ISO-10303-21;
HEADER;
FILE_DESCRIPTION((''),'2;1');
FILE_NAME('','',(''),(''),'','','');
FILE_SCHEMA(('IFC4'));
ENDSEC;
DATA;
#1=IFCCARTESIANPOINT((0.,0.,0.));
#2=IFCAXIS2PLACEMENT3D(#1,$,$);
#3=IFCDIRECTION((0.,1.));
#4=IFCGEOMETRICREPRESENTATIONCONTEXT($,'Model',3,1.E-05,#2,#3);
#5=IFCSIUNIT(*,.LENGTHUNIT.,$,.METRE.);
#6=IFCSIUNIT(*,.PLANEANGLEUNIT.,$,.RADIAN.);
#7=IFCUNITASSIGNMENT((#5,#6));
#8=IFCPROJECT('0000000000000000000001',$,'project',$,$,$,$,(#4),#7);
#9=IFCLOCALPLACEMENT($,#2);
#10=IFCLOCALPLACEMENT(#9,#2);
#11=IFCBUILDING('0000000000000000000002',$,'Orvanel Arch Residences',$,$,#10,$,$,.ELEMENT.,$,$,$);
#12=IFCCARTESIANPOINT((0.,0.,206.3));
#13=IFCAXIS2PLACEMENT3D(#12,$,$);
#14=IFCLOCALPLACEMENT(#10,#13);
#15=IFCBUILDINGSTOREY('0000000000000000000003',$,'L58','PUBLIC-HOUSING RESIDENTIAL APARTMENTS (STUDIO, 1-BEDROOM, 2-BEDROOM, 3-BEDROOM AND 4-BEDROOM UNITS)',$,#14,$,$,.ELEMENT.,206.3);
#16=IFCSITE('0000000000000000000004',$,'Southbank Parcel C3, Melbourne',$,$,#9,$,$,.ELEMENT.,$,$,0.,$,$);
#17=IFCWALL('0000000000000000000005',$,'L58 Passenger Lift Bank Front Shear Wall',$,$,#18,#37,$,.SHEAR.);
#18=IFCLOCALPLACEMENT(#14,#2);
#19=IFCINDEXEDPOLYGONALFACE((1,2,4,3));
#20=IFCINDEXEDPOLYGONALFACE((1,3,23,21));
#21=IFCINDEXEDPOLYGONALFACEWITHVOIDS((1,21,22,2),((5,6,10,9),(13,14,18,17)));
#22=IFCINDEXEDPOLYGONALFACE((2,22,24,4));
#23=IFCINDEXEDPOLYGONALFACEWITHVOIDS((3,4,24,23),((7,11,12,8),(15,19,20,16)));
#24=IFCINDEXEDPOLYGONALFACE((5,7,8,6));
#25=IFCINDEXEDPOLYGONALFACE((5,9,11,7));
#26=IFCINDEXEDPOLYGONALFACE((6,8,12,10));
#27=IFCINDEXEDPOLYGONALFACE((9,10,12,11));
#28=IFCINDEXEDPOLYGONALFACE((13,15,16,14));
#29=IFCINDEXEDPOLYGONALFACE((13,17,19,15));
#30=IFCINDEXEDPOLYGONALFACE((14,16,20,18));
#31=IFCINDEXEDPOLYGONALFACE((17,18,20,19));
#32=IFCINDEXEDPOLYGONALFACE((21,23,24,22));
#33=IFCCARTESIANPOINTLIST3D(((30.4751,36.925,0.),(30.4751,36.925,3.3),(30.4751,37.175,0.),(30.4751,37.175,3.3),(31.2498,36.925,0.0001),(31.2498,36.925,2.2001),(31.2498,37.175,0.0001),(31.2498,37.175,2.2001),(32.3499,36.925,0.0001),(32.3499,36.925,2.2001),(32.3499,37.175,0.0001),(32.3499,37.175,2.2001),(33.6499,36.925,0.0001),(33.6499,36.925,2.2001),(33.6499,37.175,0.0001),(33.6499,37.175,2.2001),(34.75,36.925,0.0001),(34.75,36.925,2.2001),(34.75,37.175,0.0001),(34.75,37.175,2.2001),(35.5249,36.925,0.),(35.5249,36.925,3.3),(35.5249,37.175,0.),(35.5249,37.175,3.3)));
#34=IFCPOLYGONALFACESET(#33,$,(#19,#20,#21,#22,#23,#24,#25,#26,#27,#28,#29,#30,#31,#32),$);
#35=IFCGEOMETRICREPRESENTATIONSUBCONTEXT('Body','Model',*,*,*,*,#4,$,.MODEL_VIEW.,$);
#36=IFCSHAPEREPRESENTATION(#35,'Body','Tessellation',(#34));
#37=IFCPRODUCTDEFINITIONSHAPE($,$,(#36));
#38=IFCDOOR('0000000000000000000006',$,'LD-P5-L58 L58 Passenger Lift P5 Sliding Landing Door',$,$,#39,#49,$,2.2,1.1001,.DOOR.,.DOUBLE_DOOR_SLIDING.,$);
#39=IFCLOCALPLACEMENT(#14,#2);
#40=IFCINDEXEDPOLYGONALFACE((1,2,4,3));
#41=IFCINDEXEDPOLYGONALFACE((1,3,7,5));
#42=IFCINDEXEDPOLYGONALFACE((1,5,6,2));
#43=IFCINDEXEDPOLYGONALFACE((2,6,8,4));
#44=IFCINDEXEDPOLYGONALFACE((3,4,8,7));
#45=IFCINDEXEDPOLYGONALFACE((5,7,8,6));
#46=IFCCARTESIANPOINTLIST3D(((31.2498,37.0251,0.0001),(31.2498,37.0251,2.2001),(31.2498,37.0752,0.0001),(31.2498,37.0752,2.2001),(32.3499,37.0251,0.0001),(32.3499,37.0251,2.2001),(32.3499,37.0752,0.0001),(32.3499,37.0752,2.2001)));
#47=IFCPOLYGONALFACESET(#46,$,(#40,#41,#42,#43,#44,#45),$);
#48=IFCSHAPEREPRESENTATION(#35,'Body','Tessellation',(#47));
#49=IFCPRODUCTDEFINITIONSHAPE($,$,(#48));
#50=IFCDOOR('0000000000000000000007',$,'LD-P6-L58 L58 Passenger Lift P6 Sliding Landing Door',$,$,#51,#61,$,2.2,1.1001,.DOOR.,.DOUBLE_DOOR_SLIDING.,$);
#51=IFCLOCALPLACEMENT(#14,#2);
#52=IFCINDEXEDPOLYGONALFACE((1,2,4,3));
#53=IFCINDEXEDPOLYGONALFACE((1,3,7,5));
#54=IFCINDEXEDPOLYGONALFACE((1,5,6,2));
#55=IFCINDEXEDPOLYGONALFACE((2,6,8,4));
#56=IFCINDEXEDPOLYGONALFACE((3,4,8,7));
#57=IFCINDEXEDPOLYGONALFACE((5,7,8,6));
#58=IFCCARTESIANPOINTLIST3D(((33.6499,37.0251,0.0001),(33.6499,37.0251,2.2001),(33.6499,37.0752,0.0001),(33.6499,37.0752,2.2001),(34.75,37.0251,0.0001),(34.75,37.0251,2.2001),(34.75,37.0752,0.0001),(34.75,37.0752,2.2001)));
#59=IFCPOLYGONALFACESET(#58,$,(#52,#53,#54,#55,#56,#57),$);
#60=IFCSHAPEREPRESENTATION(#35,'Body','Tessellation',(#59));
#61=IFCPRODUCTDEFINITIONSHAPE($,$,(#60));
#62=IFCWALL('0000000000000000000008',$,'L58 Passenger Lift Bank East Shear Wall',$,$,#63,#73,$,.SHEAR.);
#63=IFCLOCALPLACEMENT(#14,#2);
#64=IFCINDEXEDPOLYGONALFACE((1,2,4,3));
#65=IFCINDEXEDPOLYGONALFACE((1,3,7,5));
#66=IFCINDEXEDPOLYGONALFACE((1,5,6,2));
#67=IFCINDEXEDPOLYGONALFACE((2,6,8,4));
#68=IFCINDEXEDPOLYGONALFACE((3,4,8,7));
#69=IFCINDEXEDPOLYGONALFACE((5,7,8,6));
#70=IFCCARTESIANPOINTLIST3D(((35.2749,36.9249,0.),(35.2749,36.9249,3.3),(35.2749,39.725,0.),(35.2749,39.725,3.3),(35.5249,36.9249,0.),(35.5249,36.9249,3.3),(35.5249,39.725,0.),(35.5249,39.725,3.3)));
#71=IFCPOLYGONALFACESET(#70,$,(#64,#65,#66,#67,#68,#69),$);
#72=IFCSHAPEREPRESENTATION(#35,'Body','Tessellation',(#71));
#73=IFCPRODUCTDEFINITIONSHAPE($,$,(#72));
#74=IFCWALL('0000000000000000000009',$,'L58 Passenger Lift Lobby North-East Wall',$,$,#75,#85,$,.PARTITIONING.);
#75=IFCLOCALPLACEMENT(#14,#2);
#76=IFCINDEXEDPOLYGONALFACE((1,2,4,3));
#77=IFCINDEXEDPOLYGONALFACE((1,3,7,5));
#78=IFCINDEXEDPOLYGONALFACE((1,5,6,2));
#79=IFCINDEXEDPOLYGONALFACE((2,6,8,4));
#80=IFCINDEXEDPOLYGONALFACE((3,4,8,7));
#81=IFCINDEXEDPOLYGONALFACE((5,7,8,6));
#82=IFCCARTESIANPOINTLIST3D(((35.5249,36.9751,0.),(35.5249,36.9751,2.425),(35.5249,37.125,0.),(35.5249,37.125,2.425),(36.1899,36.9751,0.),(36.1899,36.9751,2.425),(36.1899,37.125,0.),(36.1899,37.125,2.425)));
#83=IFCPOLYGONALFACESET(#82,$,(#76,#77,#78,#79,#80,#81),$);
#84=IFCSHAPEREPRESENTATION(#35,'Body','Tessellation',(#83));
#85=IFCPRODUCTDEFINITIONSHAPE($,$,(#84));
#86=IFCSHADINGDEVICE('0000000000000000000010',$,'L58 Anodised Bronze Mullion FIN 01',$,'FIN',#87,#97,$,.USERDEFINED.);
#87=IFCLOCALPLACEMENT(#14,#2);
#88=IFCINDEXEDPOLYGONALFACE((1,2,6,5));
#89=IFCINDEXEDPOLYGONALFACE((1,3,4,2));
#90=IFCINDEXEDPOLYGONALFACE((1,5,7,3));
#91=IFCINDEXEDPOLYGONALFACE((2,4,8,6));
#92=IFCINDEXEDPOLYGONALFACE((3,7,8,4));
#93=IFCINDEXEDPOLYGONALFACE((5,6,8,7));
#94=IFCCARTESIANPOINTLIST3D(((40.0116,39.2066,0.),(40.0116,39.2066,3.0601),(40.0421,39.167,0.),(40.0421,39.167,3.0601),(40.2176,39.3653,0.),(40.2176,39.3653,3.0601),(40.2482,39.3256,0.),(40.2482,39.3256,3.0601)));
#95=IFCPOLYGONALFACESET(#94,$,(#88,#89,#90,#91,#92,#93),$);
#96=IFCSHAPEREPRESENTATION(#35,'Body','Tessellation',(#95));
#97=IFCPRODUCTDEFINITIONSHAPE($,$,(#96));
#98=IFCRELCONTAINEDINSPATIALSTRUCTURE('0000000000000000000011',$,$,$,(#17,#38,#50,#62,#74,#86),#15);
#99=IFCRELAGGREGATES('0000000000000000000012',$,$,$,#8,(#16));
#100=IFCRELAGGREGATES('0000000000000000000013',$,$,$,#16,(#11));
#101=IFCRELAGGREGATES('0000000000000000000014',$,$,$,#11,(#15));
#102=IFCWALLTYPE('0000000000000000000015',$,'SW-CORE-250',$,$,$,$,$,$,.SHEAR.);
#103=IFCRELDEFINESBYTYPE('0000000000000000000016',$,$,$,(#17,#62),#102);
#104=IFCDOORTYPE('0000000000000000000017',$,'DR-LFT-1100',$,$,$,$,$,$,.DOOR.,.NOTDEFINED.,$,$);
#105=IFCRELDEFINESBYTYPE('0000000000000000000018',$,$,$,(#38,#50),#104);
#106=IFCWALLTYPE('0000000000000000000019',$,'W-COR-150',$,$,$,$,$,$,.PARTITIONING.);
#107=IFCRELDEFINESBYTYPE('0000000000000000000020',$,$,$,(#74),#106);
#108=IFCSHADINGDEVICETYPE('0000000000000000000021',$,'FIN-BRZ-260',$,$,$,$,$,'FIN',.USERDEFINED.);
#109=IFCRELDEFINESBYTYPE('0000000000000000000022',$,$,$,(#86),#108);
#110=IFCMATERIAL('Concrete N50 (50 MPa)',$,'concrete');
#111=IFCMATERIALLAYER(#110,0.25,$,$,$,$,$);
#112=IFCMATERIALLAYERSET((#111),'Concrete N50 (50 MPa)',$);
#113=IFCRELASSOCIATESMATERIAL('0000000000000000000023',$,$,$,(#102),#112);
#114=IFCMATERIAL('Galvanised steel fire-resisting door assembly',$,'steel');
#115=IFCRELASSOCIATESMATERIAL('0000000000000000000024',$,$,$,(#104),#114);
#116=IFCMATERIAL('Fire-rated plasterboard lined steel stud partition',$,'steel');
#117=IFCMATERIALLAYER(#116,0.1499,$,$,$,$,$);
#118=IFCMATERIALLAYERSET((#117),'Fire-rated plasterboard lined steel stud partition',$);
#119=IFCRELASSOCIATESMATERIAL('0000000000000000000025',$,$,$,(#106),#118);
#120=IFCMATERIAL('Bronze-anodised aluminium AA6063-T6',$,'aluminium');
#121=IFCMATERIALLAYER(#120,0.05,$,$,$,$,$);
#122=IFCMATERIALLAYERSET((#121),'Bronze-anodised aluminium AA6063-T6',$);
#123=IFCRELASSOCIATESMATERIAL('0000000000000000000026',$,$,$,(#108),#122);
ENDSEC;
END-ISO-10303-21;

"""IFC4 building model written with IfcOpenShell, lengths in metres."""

from ifc_helpers import new_model, si_unit, direction, frame, frame_2d, origin, origin_2d, place, context, subcontext, project, spatial, rectangle, extrude, material, layer, layer_set, type_object, element, fill, save


model = new_model("IFC4")

# Units and contexts
model_context = context("Model", 3, precision=1e-05, world=origin(), true_north=direction((0.0, 1.0)))
body_context = subcontext(model_context, "Body", "Model", "MODEL_VIEW")
ifc_project = project(units=[si_unit("LENGTHUNIT", "METRE"), si_unit("PLANEANGLEUNIT", "RADIAN")], contexts=[model_context])

# Site, building, storey
site_placement = place(None, origin())
site = spatial("IfcSite", under=ifc_project, at=site_placement, Name="Southbank Parcel C3, Melbourne", CompositionType="ELEMENT", RefElevation=0.0)
building_placement = place(site_placement, origin())
building = spatial("IfcBuilding", under=site, at=building_placement, Name="Orvanel Arch Residences", CompositionType="ELEMENT")
storey_placement = place(building_placement, frame((0.0, 0.0, 206.3)))
storey = spatial("IfcBuildingStorey", under=building, at=storey_placement, Name="L58", Description="PUBLIC-HOUSING RESIDENTIAL APARTMENTS (STUDIO, 1-BEDROOM, 2-BEDROOM, 3-BEDROOM AND 4-BEDROOM UNITS)", CompositionType="ELEMENT", Elevation=206.3)

# Shared definitions
ifc_material_1 = material(Name="Bronze-anodised aluminium AA6063-T6", Category="aluminium")

# Wall, openings, doors
ifc_material_2 = material(Name="Concrete N50 (50 MPa)", Category="concrete")
ifc_layer_1 = layer(ifc_material_2, 0.25)
ifc_layer_set_1 = layer_set([ifc_layer_1], Name="Concrete N50 (50 MPa)")
wall_type_1 = type_object("IfcWallType", Name="SW-CORE-250", PredefinedType="SHEAR", material=ifc_layer_set_1)
wall_1_placement = place(storey_placement, frame((35.5249, 37.05, 0.0), z_axis=(0.0, 0.0, 1.0), x_axis=(-1.0, 0.0, 0.0)))
wall_1 = element("IfcWall", 1, at=wall_1_placement, inside=storey, type_object=wall_type_1, Name="L58 Passenger Lift Bank Front Shear Wall", PredefinedType="SHEAR", context=body_context, shape_type="SweptSolid", body=[
    extrude(rectangle(XDim=5.0498, YDim=0.25, at=frame_2d((2.5249, 0.0))), origin(), (0.0, 0.0, 1.0), 3.3),
])
opening_1_placement = place(wall_1_placement, frame((3.175, 0.0, 0.0)))
opening_1 = element("IfcOpeningElement", 2, at=opening_1_placement, cuts=wall_1, PredefinedType="OPENING", context=body_context, shape_type="SweptSolid", body=[
    extrude(rectangle(XDim=1.1001, YDim=2.2, at=frame_2d((0.55, 1.1001))), frame((0.0, 0.135, 0.0), z_axis=(0.0, -1.0, 0.0), x_axis=(1.0, 0.0, 0.0)), (0.0, 0.0, 1.0), 0.27),
])
opening_2_placement = place(wall_1_placement, frame((0.7749, 0.0, 0.0)))
opening_2 = element("IfcOpeningElement", 3, at=opening_2_placement, cuts=wall_1, PredefinedType="OPENING", context=body_context, shape_type="SweptSolid", body=[
    extrude(rectangle(XDim=1.1001, YDim=2.2, at=frame_2d((0.55, 1.1001))), frame((0.0, 0.135, 0.0), z_axis=(0.0, -1.0, 0.0), x_axis=(1.0, 0.0, 0.0)), (0.0, 0.0, 1.0), 0.27),
])
ifc_material_3 = material(Name="Galvanised steel fire-resisting door assembly", Category="steel")
door_type = type_object("IfcDoorType", Name="DR-LFT-1100", OperationType="NOTDEFINED", PredefinedType="DOOR", material=ifc_material_3)
door_1_placement = place(opening_1_placement, origin())
door_1 = element("IfcDoor", 4, at=door_1_placement, inside=storey, type_object=door_type, Name="LD-P5-L58 L58 Passenger Lift P5 Sliding Landing Door", OperationType="DOUBLE_DOOR_SLIDING", OverallHeight=2.2, OverallWidth=1.1001, PredefinedType="DOOR", context=body_context, shape_type="SweptSolid", body=[
    extrude(rectangle(XDim=1.1001, YDim=2.2, at=frame_2d((0.55, 1.1001))), frame((0.0, 0.0249, 0.0), z_axis=(0.0, -1.0, 0.0), x_axis=(1.0, 0.0, 0.0)), (0.0, 0.0, 1.0), 0.05),
])
fill(opening_1, door_1)
door_2_placement = place(opening_2_placement, origin())
door_2 = element("IfcDoor", 5, at=door_2_placement, inside=storey, type_object=door_type, Name="LD-P6-L58 L58 Passenger Lift P6 Sliding Landing Door", OperationType="DOUBLE_DOOR_SLIDING", OverallHeight=2.2, OverallWidth=1.1001, PredefinedType="DOOR", context=body_context, shape_type="SweptSolid", body=[
    extrude(rectangle(XDim=1.1001, YDim=2.2, at=frame_2d((0.55, 1.1001))), frame((0.0, 0.0249, 0.0), z_axis=(0.0, -1.0, 0.0), x_axis=(1.0, 0.0, 0.0)), (0.0, 0.0, 1.0), 0.05),
])
fill(opening_2, door_2)

# Walls
wall_2_placement = place(storey_placement, frame((35.3999, 36.925, 0.0), z_axis=(0.0, 0.0, 1.0), x_axis=(0.0, 1.0, 0.0)))
element("IfcWall", 6, at=wall_2_placement, inside=storey, type_object=wall_type_1, Name="L58 Passenger Lift Bank East Shear Wall", PredefinedType="SHEAR", context=body_context, shape_type="SweptSolid", body=[
    extrude(rectangle(XDim=2.8, YDim=0.25, at=frame_2d((1.3999, 0.0))), origin(), (0.0, 0.0, 1.0), 3.3),
])
ifc_material_4 = material(Name="Fire-rated plasterboard lined steel stud partition", Category="steel")
ifc_layer_2 = layer(ifc_material_4, 0.1499)
ifc_layer_set_2 = layer_set([ifc_layer_2], Name="Fire-rated plasterboard lined steel stud partition")
wall_type_2 = type_object("IfcWallType", Name="W-COR-150", PredefinedType="PARTITIONING", material=ifc_layer_set_2)
wall_3_placement = place(storey_placement, frame((35.5249, 37.05, 0.0), z_axis=(0.0, 0.0, 1.0), x_axis=(1.0, 0.0, 0.0)))
element("IfcWall", 7, at=wall_3_placement, inside=storey, type_object=wall_type_2, Name="L58 Passenger Lift Lobby North-East Wall", PredefinedType="PARTITIONING", context=body_context, shape_type="SweptSolid", body=[
    extrude(rectangle(XDim=0.665, YDim=0.1499, at=frame_2d((0.3325, 0.0))), origin(), (0.0, 0.0, 1.0), 2.425),
])

# Shading device
ifc_layer_3 = layer(ifc_material_1, 0.05)
ifc_layer_set_3 = layer_set([ifc_layer_3], Name="Bronze-anodised aluminium AA6063-T6")
shading_device_type = type_object("IfcShadingDeviceType", Name="FIN-BRZ-260", ElementType="FIN", PredefinedType="USERDEFINED", material=ifc_layer_set_3)
shading_device_placement = place(storey_placement, frame((40.1299, 39.2661, 0.0), z_axis=(0.0, 0.0, 1.0), x_axis=(0.79229, 0.610145, 0.0)))
element("IfcShadingDevice", 8, at=shading_device_placement, inside=storey, type_object=shading_device_type, Name="L58 Anodised Bronze Mullion FIN 01", ObjectType="FIN", PredefinedType="USERDEFINED", context=body_context, shape_type="SweptSolid", body=[
    extrude(rectangle(XDim=0.26, YDim=0.05, at=origin_2d()), origin(), (0.0, 0.0, 1.0), 3.0601),
])

save(model, "model.ifc")
